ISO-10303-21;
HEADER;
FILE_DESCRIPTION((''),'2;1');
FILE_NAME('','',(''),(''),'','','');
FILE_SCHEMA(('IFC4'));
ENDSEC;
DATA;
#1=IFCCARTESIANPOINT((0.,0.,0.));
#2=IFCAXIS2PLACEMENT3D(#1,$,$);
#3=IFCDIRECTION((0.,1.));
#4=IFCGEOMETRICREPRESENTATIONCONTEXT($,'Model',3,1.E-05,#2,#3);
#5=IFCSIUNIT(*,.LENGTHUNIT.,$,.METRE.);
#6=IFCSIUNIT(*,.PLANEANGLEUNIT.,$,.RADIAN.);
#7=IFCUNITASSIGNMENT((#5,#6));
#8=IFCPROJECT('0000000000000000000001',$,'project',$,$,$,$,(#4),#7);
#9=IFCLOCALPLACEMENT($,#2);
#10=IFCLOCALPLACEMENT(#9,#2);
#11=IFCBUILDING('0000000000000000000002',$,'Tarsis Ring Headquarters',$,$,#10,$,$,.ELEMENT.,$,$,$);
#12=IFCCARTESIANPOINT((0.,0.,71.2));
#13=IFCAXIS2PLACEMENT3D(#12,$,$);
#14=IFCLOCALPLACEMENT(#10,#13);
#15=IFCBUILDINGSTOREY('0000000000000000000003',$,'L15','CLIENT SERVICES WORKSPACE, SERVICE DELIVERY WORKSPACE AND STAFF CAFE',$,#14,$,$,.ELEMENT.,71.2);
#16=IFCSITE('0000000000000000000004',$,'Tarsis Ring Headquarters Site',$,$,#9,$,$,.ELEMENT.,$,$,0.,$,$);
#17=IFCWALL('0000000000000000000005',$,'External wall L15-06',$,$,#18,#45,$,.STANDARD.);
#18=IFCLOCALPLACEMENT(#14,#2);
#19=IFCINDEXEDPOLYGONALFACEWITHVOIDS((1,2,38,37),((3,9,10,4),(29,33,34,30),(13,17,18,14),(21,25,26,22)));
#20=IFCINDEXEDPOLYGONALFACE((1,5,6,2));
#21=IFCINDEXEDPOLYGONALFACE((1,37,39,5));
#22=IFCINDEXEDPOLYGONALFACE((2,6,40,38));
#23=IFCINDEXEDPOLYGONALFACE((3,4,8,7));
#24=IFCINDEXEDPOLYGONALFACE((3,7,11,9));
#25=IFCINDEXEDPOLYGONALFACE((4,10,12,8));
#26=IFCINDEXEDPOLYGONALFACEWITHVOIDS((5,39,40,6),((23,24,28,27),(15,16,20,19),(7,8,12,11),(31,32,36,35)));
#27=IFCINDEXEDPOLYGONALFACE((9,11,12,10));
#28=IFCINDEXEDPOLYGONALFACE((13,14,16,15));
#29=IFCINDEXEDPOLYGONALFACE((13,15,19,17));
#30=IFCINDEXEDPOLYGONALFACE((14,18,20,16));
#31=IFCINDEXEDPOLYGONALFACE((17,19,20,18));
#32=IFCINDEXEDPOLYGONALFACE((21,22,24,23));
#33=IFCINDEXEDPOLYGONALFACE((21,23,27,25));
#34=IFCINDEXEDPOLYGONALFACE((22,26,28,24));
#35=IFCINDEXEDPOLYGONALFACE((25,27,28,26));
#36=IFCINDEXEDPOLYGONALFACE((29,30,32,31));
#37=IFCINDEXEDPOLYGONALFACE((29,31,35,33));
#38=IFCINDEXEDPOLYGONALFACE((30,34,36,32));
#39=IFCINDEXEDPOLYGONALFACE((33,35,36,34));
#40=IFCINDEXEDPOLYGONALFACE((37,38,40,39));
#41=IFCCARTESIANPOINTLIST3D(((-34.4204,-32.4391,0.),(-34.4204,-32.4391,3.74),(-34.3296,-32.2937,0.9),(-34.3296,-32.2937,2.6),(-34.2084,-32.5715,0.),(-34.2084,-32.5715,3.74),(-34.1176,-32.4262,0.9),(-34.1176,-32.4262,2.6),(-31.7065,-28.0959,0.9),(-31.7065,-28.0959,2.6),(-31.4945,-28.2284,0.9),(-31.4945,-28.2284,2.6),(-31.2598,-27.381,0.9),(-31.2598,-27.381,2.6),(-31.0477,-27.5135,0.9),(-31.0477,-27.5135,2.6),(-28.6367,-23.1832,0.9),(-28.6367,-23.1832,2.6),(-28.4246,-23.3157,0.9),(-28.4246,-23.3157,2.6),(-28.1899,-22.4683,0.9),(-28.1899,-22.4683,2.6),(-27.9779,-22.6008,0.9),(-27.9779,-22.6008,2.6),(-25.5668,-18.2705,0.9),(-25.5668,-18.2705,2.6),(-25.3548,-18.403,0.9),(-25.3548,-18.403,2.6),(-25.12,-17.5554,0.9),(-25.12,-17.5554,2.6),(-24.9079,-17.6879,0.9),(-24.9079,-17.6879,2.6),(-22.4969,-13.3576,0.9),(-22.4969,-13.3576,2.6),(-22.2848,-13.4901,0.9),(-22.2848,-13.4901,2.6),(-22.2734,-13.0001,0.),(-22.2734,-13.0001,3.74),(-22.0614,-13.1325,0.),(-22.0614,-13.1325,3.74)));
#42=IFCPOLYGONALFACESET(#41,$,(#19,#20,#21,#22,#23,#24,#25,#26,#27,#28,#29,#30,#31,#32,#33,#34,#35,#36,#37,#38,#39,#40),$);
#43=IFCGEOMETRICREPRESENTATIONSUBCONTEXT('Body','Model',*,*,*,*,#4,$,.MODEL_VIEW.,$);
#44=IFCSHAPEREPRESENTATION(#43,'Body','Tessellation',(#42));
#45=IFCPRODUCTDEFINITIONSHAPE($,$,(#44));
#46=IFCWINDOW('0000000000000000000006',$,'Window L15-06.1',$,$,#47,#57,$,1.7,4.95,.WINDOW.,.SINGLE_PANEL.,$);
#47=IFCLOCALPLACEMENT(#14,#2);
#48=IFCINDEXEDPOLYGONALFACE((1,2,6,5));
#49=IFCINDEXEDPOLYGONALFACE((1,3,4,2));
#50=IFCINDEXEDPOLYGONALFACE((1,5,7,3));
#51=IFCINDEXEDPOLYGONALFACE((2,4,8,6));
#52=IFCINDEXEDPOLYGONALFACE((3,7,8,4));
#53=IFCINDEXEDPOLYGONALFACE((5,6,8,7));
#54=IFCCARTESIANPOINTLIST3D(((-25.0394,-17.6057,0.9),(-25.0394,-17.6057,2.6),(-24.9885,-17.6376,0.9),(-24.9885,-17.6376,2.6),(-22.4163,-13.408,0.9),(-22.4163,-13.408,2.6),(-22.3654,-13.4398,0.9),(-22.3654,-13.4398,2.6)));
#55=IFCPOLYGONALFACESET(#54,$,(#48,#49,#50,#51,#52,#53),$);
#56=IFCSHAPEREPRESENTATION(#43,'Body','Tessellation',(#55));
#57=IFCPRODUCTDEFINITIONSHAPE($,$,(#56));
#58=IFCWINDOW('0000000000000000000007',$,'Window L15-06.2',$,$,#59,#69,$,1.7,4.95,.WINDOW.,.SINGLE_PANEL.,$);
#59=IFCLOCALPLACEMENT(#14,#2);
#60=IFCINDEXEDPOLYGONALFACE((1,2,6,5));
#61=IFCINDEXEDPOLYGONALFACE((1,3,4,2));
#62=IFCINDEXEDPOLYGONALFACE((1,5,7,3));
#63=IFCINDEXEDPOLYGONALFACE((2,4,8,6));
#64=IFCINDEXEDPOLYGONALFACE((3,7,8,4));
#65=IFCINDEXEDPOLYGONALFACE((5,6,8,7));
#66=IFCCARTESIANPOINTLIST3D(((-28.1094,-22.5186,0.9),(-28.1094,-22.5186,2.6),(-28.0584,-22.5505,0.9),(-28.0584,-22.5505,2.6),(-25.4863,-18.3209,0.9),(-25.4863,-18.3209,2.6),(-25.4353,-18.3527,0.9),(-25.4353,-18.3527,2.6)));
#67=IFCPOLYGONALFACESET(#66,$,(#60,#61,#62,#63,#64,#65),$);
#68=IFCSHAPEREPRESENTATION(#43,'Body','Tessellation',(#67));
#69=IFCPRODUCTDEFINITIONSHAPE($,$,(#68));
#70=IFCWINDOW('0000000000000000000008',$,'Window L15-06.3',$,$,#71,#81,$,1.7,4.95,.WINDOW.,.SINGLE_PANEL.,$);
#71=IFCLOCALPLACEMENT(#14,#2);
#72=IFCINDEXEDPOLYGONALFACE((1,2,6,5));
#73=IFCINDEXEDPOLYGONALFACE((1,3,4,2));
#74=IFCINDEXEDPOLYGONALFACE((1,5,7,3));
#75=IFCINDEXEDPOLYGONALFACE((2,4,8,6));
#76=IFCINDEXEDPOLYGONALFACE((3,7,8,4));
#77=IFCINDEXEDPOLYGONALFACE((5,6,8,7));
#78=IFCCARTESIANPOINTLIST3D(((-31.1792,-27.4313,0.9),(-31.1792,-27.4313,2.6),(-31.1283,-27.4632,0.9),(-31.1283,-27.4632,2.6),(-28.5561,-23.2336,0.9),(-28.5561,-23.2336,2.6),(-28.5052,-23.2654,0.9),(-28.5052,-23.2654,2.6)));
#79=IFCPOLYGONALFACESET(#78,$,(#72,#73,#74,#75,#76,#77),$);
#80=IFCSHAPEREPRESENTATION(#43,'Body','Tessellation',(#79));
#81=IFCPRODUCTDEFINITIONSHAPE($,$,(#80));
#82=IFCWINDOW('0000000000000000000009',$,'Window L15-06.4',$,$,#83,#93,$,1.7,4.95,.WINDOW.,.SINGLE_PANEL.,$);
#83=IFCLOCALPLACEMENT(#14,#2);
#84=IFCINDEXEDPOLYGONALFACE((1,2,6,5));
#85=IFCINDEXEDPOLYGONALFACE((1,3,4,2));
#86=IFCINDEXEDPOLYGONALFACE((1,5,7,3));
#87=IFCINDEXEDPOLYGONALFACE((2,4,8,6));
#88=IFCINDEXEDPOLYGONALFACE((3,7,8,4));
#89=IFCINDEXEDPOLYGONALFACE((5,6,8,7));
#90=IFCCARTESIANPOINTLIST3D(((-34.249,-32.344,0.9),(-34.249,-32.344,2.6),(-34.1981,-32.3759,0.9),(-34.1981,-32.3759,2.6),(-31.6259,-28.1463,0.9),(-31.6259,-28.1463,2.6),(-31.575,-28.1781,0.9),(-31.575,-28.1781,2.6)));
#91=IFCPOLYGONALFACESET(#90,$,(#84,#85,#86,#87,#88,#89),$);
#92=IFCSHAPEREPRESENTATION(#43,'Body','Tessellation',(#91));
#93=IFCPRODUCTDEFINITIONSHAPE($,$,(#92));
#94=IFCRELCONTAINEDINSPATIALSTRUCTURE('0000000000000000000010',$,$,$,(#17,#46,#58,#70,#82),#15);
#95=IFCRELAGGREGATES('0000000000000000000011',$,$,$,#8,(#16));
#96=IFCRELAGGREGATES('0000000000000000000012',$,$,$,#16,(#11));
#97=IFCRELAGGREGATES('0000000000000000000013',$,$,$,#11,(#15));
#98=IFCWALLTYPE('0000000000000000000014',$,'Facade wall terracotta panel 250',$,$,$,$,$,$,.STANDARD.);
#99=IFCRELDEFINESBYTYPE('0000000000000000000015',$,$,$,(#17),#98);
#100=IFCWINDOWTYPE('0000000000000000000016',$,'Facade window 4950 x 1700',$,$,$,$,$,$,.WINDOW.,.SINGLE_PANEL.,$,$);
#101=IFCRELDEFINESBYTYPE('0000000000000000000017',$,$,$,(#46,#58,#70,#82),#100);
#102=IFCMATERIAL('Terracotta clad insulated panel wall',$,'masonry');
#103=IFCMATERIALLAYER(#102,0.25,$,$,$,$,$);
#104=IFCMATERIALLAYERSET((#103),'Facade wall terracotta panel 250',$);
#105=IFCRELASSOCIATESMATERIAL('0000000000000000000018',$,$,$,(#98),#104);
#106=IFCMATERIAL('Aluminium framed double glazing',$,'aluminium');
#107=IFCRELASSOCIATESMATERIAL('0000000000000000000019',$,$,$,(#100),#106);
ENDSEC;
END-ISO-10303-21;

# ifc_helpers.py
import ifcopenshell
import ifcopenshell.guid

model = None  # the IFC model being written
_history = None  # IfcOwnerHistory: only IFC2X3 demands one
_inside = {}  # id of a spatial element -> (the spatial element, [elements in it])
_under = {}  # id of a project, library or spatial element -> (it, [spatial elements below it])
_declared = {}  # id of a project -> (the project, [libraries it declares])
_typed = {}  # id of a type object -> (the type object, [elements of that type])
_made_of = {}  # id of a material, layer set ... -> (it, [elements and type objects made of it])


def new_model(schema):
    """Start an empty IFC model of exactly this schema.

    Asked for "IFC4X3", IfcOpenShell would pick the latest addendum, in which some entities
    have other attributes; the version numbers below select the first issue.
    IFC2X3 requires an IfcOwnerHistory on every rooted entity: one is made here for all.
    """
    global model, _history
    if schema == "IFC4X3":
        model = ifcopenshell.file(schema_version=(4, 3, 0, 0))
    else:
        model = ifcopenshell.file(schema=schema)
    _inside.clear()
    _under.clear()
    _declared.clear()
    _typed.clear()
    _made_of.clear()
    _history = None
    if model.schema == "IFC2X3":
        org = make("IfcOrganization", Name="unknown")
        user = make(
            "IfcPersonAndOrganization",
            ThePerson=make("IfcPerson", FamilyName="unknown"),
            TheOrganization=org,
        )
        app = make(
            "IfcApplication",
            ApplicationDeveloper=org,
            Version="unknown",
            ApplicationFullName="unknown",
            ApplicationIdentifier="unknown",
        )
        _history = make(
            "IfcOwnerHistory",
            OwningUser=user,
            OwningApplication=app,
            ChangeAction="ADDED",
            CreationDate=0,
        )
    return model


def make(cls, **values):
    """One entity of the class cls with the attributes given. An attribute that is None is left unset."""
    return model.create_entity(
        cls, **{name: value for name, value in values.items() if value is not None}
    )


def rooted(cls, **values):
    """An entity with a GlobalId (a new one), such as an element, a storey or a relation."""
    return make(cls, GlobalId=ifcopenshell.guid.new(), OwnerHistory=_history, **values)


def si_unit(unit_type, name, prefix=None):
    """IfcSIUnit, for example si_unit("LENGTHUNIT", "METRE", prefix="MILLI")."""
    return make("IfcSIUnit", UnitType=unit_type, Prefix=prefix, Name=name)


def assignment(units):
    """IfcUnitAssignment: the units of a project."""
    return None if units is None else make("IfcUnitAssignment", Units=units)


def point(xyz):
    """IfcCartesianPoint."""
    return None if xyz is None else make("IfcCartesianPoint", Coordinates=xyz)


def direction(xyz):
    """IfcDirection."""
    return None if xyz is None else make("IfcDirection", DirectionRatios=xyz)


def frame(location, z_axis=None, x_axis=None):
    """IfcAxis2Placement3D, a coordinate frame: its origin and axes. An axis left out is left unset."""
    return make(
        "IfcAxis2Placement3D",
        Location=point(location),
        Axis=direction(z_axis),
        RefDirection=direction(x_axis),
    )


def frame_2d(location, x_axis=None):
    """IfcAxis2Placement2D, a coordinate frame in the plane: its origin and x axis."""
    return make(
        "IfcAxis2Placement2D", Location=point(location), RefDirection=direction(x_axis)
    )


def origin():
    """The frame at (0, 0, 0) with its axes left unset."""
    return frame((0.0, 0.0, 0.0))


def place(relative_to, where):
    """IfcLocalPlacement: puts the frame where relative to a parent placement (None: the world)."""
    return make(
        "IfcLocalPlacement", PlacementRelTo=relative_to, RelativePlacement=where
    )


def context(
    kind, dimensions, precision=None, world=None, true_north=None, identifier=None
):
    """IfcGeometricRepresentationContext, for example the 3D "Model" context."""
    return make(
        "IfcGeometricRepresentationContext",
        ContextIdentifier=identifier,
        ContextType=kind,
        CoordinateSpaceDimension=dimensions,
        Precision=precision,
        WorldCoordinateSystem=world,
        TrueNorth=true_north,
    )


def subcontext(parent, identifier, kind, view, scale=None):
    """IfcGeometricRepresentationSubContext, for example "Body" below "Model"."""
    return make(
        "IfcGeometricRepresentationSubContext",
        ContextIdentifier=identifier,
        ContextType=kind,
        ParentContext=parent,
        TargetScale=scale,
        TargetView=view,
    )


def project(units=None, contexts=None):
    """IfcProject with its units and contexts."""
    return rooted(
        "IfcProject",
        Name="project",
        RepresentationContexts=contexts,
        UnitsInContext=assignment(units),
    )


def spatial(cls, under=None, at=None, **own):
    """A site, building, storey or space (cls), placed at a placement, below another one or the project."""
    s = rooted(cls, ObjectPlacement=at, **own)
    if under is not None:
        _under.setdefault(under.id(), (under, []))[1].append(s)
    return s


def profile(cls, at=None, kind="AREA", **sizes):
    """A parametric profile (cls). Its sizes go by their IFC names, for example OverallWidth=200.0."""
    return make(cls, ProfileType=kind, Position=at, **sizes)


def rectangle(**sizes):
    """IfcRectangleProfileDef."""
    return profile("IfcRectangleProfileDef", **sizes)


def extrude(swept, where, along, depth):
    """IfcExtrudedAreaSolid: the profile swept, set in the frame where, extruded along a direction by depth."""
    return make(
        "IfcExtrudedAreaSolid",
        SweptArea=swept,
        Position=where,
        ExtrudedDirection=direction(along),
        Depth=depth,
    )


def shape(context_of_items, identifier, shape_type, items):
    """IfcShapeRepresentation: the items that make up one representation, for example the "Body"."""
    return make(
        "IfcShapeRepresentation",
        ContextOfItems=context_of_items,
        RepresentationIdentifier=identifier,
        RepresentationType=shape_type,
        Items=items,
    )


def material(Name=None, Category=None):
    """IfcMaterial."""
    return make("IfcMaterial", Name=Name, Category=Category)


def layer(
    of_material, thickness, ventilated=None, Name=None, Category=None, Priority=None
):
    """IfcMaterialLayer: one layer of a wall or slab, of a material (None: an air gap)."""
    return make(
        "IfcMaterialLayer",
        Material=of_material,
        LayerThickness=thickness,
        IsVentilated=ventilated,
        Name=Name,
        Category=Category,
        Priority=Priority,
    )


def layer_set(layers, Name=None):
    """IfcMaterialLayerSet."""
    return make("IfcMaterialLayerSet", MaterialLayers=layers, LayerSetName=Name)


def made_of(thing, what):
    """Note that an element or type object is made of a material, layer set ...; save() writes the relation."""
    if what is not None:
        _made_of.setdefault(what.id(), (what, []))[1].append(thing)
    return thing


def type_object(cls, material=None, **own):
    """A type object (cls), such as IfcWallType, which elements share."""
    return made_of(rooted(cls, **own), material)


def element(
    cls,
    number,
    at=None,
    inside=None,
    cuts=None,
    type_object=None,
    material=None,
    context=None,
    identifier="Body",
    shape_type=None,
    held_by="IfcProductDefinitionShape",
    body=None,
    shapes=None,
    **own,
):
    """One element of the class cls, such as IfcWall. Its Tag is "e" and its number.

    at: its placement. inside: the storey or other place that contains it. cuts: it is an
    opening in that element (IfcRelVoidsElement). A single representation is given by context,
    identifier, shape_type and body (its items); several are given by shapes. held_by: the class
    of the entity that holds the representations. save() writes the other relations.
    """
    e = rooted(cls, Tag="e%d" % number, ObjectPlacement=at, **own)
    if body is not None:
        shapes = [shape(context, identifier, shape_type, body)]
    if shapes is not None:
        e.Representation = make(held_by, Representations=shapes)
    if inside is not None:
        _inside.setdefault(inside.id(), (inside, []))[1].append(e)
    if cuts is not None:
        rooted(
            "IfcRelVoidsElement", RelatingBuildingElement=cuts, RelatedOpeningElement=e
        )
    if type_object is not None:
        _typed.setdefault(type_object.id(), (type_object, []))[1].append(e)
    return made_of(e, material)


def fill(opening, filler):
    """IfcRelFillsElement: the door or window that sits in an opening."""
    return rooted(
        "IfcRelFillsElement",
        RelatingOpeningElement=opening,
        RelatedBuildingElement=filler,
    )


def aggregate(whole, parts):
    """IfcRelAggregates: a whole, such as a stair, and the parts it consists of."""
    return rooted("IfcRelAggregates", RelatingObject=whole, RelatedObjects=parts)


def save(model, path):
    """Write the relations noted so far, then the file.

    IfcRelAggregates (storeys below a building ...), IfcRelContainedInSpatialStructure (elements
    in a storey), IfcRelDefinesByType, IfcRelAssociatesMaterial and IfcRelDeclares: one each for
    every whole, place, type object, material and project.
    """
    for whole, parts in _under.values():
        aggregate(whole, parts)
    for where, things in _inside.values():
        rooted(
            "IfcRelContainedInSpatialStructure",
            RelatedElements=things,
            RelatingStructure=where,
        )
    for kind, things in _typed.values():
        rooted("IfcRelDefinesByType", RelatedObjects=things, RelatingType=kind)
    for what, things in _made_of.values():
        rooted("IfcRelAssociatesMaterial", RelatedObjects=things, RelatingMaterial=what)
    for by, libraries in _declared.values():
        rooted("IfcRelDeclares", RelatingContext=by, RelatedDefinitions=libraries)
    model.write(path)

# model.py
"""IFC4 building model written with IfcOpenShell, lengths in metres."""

from ifc_helpers import new_model, si_unit, direction, frame, frame_2d, origin, place, context, subcontext, project, spatial, rectangle, extrude, material, layer, layer_set, type_object, element, fill, save


model = new_model("IFC4")

# Units and contexts
model_context = context("Model", 3, precision=1e-05, world=origin(), true_north=direction((0.0, 1.0)))
body_context = subcontext(model_context, "Body", "Model", "MODEL_VIEW")
ifc_project = project(units=[si_unit("LENGTHUNIT", "METRE"), si_unit("PLANEANGLEUNIT", "RADIAN")], contexts=[model_context])

# Site, building, storey
site_placement = place(None, origin())
site = spatial("IfcSite", under=ifc_project, at=site_placement, Name="Tarsis Ring Headquarters Site", CompositionType="ELEMENT", RefElevation=0.0)
building_placement = place(site_placement, origin())
building = spatial("IfcBuilding", under=site, at=building_placement, Name="Tarsis Ring Headquarters", CompositionType="ELEMENT")
storey_placement = place(building_placement, frame((0.0, 0.0, 71.2)))
storey = spatial("IfcBuildingStorey", under=building, at=storey_placement, Name="L15", Description="CLIENT SERVICES WORKSPACE, SERVICE DELIVERY WORKSPACE AND STAFF CAFE", CompositionType="ELEMENT", Elevation=71.2)

# Wall, openings, windows
ifc_material_1 = material(Name="Terracotta clad insulated panel wall", Category="masonry")
ifc_layer_1 = layer(ifc_material_1, 0.25)
ifc_layer_set_1 = layer_set([ifc_layer_1], Name="Facade wall terracotta panel 250")
wall_type_1 = type_object("IfcWallType", Name="Facade wall terracotta panel 250", PredefinedType="STANDARD", material=ifc_layer_set_1)
wall_1_placement = place(storey_placement, frame((-22.1675, -13.0664, 0.0), z_axis=(0.0, 0.0, 1.0), x_axis=(-0.529924, -0.848045, 0.0)))
wall_1 = element("IfcWall", 1, at=wall_1_placement, inside=storey, type_object=wall_type_1, Name="External wall L15-06", PredefinedType="STANDARD", context=body_context, shape_type="SweptSolid", body=[
    extrude(rectangle(XDim=22.9221, YDim=0.25, at=frame_2d((11.4609, 0.0))), origin(), (0.0, 0.0, 1.0), 3.74),
])
opening_1_placement = place(wall_1_placement, frame((0.4214, 0.0, 0.8999)))
opening_1 = element("IfcOpeningElement", 2, at=opening_1_placement, cuts=wall_1, PredefinedType="OPENING", context=body_context, shape_type="SweptSolid", body=[
    extrude(rectangle(XDim=4.95, YDim=1.7, at=frame_2d((2.4751, 0.8501))), frame((0.0, 0.135, 0.0), z_axis=(0.0, -1.0, 0.0), x_axis=(1.0, 0.0, 0.0)), (0.0, 0.0, 1.0), 0.27),
])
opening_2_placement = place(wall_1_placement, frame((6.2146, 0.0, 0.8999)))
opening_2 = element("IfcOpeningElement", 3, at=opening_2_placement, cuts=wall_1, PredefinedType="OPENING", context=body_context, shape_type="SweptSolid", body=[
    extrude(rectangle(XDim=4.95, YDim=1.7, at=frame_2d((2.4751, 0.8501))), frame((0.0, 0.135, 0.0), z_axis=(0.0, -1.0, 0.0), x_axis=(1.0, 0.0, 0.0)), (0.0, 0.0, 1.0), 0.27),
])
opening_3_placement = place(wall_1_placement, frame((12.0076, 0.0, 0.8999)))
opening_3 = element("IfcOpeningElement", 4, at=opening_3_placement, cuts=wall_1, PredefinedType="OPENING", context=body_context, shape_type="SweptSolid", body=[
    extrude(rectangle(XDim=4.95, YDim=1.7, at=frame_2d((2.4751, 0.8501))), frame((0.0, 0.135, 0.0), z_axis=(0.0, -1.0, 0.0), x_axis=(1.0, 0.0, 0.0)), (0.0, 0.0, 1.0), 0.27),
])
opening_4_placement = place(wall_1_placement, frame((17.8005, 0.0, 0.8999)))
opening_4 = element("IfcOpeningElement", 5, at=opening_4_placement, cuts=wall_1, PredefinedType="OPENING", context=body_context, shape_type="SweptSolid", body=[
    extrude(rectangle(XDim=4.95, YDim=1.7, at=frame_2d((2.4751, 0.8501))), frame((0.0, 0.135, 0.0), z_axis=(0.0, -1.0, 0.0), x_axis=(1.0, 0.0, 0.0)), (0.0, 0.0, 1.0), 0.27),
])
ifc_material_2 = material(Name="Aluminium framed double glazing", Category="aluminium")
window_type = type_object("IfcWindowType", Name="Facade window 4950 x 1700", PartitioningType="SINGLE_PANEL", PredefinedType="WINDOW", material=ifc_material_2)
window_1_placement = place(opening_1_placement, origin())
window_1 = element("IfcWindow", 6, at=window_1_placement, inside=storey, type_object=window_type, Name="Window L15-06.1", OverallHeight=1.7, OverallWidth=4.95, PartitioningType="SINGLE_PANEL", PredefinedType="WINDOW", context=body_context, shape_type="SweptSolid", body=[
    extrude(rectangle(XDim=4.95, YDim=1.7, at=frame_2d((2.4751, 0.8501))), frame((0.0, 0.03, 0.0), z_axis=(0.0, -1.0, 0.0), x_axis=(1.0, 0.0, 0.0)), (0.0, 0.0, 1.0), 0.0601),
])
fill(opening_1, window_1)
window_2_placement = place(opening_2_placement, origin())
window_2 = element("IfcWindow", 7, at=window_2_placement, inside=storey, type_object=window_type, Name="Window L15-06.2", OverallHeight=1.7, OverallWidth=4.95, PartitioningType="SINGLE_PANEL", PredefinedType="WINDOW", context=body_context, shape_type="SweptSolid", body=[
    extrude(rectangle(XDim=4.95, YDim=1.7, at=frame_2d((2.4751, 0.8501))), frame((0.0, 0.03, 0.0), z_axis=(0.0, -1.0, 0.0), x_axis=(1.0, 0.0, 0.0)), (0.0, 0.0, 1.0), 0.0601),
])
fill(opening_2, window_2)
window_3_placement = place(opening_3_placement, origin())
window_3 = element("IfcWindow", 8, at=window_3_placement, inside=storey, type_object=window_type, Name="Window L15-06.3", OverallHeight=1.7, OverallWidth=4.95, PartitioningType="SINGLE_PANEL", PredefinedType="WINDOW", context=body_context, shape_type="SweptSolid", body=[
    extrude(rectangle(XDim=4.95, YDim=1.7, at=frame_2d((2.4751, 0.8501))), frame((0.0, 0.03, 0.0), z_axis=(0.0, -1.0, 0.0), x_axis=(1.0, 0.0, 0.0)), (0.0, 0.0, 1.0), 0.0601),
])
fill(opening_3, window_3)
window_4_placement = place(opening_4_placement, origin())
window_4 = element("IfcWindow", 9, at=window_4_placement, inside=storey, type_object=window_type, Name="Window L15-06.4", OverallHeight=1.7, OverallWidth=4.95, PartitioningType="SINGLE_PANEL", PredefinedType="WINDOW", context=body_context, shape_type="SweptSolid", body=[
    extrude(rectangle(XDim=4.95, YDim=1.7, at=frame_2d((2.4751, 0.8501))), frame((0.0, 0.03, 0.0), z_axis=(0.0, -1.0, 0.0), x_axis=(1.0, 0.0, 0.0)), (0.0, 0.0, 1.0), 0.0601),
])
fill(opening_4, window_4)

save(model, "model.ifc")
